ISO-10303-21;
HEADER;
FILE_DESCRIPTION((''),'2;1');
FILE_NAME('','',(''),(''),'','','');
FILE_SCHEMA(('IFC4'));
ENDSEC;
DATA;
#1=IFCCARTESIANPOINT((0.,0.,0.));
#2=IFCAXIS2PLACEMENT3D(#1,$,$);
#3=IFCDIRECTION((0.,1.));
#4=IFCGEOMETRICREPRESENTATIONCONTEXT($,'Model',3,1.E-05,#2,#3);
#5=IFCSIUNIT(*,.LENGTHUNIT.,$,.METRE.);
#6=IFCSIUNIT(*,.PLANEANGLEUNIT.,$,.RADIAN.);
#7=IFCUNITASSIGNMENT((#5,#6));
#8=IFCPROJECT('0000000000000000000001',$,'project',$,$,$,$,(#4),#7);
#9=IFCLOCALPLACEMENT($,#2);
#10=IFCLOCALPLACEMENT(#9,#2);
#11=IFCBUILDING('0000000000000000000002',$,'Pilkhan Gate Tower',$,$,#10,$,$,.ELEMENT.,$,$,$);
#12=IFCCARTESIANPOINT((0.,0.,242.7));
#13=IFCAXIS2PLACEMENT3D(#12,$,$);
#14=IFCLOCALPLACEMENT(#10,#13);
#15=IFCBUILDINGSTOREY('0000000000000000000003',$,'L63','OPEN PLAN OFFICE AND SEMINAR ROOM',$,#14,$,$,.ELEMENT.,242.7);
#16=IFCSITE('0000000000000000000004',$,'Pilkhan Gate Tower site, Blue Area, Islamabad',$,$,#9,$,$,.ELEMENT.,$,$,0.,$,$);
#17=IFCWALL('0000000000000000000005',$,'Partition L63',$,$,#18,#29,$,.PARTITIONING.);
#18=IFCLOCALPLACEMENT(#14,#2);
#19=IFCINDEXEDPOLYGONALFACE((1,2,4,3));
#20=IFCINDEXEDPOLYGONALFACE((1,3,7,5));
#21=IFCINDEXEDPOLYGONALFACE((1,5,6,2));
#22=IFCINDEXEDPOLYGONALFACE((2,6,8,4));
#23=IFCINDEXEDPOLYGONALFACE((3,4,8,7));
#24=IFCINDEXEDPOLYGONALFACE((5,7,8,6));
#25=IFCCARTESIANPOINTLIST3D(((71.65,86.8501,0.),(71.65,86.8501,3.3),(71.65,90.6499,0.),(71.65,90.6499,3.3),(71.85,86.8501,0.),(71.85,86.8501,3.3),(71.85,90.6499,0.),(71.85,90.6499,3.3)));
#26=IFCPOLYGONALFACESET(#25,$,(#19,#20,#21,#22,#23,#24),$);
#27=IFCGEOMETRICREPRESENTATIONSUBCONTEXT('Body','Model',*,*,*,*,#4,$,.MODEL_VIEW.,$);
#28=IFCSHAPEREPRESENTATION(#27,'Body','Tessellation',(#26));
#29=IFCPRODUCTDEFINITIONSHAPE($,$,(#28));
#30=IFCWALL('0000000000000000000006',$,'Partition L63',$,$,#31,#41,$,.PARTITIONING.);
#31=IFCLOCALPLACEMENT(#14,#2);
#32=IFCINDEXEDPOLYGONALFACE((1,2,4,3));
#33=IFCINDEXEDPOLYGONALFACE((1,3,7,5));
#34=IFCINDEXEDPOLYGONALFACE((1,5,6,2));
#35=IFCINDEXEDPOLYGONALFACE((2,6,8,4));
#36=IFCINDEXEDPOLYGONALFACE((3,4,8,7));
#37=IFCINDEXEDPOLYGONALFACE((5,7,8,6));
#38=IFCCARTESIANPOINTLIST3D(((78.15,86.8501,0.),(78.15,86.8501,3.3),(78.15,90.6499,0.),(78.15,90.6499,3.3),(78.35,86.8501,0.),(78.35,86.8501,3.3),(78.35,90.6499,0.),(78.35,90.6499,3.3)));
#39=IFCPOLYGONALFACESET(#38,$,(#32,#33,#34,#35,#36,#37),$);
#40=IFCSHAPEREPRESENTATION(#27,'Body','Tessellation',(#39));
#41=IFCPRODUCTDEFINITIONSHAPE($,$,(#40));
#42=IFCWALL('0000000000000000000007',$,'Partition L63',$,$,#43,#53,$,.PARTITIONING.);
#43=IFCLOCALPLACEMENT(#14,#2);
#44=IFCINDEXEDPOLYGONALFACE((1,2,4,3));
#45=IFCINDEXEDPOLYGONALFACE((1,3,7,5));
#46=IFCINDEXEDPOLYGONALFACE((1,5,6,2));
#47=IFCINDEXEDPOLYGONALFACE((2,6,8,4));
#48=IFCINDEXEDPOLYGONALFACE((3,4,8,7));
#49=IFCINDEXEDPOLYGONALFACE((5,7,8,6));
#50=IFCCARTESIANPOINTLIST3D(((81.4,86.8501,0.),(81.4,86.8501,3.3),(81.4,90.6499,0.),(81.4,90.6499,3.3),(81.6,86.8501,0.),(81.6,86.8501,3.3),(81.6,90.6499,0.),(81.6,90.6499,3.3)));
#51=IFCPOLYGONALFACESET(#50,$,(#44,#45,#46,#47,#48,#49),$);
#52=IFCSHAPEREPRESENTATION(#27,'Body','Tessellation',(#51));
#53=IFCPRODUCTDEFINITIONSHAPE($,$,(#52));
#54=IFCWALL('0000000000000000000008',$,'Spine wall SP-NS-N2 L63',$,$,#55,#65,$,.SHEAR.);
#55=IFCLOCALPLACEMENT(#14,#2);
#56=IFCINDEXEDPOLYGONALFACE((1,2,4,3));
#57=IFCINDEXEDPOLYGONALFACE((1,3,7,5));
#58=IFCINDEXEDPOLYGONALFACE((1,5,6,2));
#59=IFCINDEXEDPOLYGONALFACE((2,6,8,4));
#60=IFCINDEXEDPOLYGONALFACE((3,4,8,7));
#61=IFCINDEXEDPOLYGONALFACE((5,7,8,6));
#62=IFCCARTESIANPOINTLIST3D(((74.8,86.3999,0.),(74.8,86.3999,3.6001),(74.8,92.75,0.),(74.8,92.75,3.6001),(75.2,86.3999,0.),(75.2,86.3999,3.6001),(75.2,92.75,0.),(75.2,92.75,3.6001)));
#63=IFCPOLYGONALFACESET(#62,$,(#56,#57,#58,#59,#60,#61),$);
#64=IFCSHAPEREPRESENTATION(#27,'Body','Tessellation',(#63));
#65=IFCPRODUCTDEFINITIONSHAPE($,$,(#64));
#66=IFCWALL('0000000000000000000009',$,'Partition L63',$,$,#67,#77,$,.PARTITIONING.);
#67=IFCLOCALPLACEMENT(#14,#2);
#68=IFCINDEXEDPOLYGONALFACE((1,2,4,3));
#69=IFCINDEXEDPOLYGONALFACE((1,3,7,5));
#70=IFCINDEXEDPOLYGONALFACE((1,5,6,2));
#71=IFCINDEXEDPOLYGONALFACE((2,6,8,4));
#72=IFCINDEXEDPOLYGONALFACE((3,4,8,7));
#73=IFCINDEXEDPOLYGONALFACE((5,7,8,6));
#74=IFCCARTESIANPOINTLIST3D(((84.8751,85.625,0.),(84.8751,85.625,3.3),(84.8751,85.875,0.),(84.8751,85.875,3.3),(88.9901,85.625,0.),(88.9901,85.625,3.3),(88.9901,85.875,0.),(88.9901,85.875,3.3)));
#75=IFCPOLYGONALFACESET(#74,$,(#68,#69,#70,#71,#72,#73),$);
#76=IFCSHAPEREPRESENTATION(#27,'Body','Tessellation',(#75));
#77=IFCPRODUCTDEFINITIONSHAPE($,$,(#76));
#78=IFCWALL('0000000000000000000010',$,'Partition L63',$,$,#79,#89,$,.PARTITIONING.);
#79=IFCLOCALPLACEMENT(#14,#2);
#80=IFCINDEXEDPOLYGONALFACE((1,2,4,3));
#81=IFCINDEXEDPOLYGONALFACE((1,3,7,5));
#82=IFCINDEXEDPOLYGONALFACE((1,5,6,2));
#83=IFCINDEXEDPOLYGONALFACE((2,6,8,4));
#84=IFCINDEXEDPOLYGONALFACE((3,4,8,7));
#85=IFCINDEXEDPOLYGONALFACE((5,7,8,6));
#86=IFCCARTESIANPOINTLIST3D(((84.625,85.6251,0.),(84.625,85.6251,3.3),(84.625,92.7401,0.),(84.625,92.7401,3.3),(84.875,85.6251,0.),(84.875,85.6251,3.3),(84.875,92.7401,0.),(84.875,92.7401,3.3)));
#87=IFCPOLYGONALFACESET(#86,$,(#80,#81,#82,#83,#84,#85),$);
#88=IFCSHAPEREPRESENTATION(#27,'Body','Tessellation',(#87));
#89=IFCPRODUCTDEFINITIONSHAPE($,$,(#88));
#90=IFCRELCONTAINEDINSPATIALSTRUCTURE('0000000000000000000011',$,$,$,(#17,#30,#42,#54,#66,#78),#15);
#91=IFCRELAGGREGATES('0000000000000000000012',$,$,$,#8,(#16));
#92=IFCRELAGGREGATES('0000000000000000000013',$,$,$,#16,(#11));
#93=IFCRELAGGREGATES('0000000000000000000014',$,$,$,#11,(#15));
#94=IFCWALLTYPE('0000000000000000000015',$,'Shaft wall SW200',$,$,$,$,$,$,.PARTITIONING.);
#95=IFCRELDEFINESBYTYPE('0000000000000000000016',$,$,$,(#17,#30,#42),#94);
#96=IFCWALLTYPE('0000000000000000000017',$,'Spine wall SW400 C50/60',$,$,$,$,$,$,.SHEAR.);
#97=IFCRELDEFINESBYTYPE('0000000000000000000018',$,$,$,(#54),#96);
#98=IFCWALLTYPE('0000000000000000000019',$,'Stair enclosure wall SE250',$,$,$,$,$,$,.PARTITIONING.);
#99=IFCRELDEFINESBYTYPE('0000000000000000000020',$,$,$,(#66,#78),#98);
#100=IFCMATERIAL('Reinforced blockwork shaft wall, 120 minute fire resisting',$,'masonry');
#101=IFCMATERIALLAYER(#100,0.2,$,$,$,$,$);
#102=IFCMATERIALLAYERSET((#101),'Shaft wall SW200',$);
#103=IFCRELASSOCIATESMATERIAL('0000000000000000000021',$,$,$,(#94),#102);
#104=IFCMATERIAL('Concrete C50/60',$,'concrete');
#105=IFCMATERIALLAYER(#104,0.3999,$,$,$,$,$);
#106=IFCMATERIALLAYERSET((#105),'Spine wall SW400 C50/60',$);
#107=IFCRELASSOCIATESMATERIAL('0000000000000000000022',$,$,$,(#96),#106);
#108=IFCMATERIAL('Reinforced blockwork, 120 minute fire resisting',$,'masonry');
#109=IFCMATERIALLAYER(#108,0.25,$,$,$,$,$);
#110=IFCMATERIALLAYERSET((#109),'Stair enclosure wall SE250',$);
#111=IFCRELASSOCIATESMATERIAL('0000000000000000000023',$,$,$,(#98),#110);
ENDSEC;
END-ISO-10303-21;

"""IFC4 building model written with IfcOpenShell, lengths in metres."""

from ifc_helpers import new_model, si_unit, direction, frame, frame_2d, origin, place, context, subcontext, project, spatial, rectangle, extrude, material, layer, layer_set, type_object, element, save


model = new_model("IFC4")

# Units and contexts
model_context = context("Model", 3, precision=1e-05, world=origin(), true_north=direction((0.0, 1.0)))
body_context = subcontext(model_context, "Body", "Model", "MODEL_VIEW")
ifc_project = project(units=[si_unit("LENGTHUNIT", "METRE"), si_unit("PLANEANGLEUNIT", "RADIAN")], contexts=[model_context])

# Site, building, storey
site_placement = place(None, origin())
site = spatial("IfcSite", under=ifc_project, at=site_placement, Name="Pilkhan Gate Tower site, Blue Area, Islamabad", CompositionType="ELEMENT", RefElevation=0.0)
building_placement = place(site_placement, origin())
building = spatial("IfcBuilding", under=site, at=building_placement, Name="Pilkhan Gate Tower", CompositionType="ELEMENT")
storey_placement = place(building_placement, frame((0.0, 0.0, 242.7)))
storey = spatial("IfcBuildingStorey", under=building, at=storey_placement, Name="L63", Description="OPEN PLAN OFFICE AND SEMINAR ROOM", CompositionType="ELEMENT", Elevation=242.7)

# Shared definitions
ifc_material_1 = material(Name="Reinforced blockwork shaft wall, 120 minute fire resisting", Category="masonry")
ifc_layer_1 = layer(ifc_material_1, 0.2)
ifc_layer_set_1 = layer_set([ifc_layer_1], Name="Shaft wall SW200")
wall_type_1 = type_object("IfcWallType", Name="Shaft wall SW200", PredefinedType="PARTITIONING", material=ifc_layer_set_1)

# Walls
for number, where, z_axis, x_axis, name in (
    (1, (71.75, 86.8501, 0.0), (0.0, 0.0, 1.0), (0.0, 1.0, 0.0), "Partition L63"),
    (2, (78.25, 86.8501, 0.0), (0.0, 0.0, 1.0), (0.0, 1.0, 0.0), "Partition L63"),
    (3, (81.5, 86.8501, 0.0), (0.0, 0.0, 1.0), (0.0, 1.0, 0.0), "Partition L63"),
):
    element("IfcWall", number, at=place(storey_placement, frame(where, z_axis=z_axis, x_axis=x_axis)), inside=storey, type_object=wall_type_1, Name=name, PredefinedType="PARTITIONING", context=body_context, shape_type="SweptSolid", body=[
        extrude(rectangle(XDim=3.7998, YDim=0.2, at=frame_2d((1.8999, 0.0))), origin(), (0.0, 0.0, 1.0), 3.3),
    ])
ifc_material_2 = material(Name="Concrete C50/60", Category="concrete")
ifc_layer_2 = layer(ifc_material_2, 0.3999)
ifc_layer_set_2 = layer_set([ifc_layer_2], Name="Spine wall SW400 C50/60")
wall_type_2 = type_object("IfcWallType", Name="Spine wall SW400 C50/60", PredefinedType="SHEAR", material=ifc_layer_set_2)
wall_1_placement = place(storey_placement, frame((75.0, 86.3999, 0.0), z_axis=(0.0, 0.0, 1.0), x_axis=(0.0, 1.0, 0.0)))
element("IfcWall", 4, at=wall_1_placement, inside=storey, type_object=wall_type_2, Name="Spine wall SP-NS-N2 L63", PredefinedType="SHEAR", context=body_context, shape_type="SweptSolid", body=[
    extrude(rectangle(XDim=6.3501, YDim=0.3999, at=frame_2d((3.175, 0.0))), origin(), (0.0, 0.0, 1.0), 3.6001),
])
ifc_material_3 = material(Name="Reinforced blockwork, 120 minute fire resisting", Category="masonry")
ifc_layer_3 = layer(ifc_material_3, 0.25)
ifc_layer_set_3 = layer_set([ifc_layer_3], Name="Stair enclosure wall SE250")
wall_type_3 = type_object("IfcWallType", Name="Stair enclosure wall SE250", PredefinedType="PARTITIONING", material=ifc_layer_set_3)
wall_2_placement = place(storey_placement, frame((84.875, 85.75, 0.0), z_axis=(0.0, 0.0, 1.0), x_axis=(1.0, 0.0, 0.0)))
element("IfcWall", 5, at=wall_2_placement, inside=storey, type_object=wall_type_3, Name="Partition L63", PredefinedType="PARTITIONING", context=body_context, shape_type="SweptSolid", body=[
    extrude(rectangle(XDim=4.115, YDim=0.25, at=frame_2d((2.0576, 0.0))), origin(), (0.0, 0.0, 1.0), 3.3),
])
wall_3_placement = place(storey_placement, frame((84.75, 85.625, 0.0), z_axis=(0.0, 0.0, 1.0), x_axis=(0.0, 1.0, 0.0)))
element("IfcWall", 6, at=wall_3_placement, inside=storey, type_object=wall_type_3, Name="Partition L63", PredefinedType="PARTITIONING", context=body_context, shape_type="SweptSolid", body=[
    extrude(rectangle(XDim=7.115, YDim=0.25, at=frame_2d((3.5576, 0.0))), origin(), (0.0, 0.0, 1.0), 3.3),
])

save(model, "model.ifc")
